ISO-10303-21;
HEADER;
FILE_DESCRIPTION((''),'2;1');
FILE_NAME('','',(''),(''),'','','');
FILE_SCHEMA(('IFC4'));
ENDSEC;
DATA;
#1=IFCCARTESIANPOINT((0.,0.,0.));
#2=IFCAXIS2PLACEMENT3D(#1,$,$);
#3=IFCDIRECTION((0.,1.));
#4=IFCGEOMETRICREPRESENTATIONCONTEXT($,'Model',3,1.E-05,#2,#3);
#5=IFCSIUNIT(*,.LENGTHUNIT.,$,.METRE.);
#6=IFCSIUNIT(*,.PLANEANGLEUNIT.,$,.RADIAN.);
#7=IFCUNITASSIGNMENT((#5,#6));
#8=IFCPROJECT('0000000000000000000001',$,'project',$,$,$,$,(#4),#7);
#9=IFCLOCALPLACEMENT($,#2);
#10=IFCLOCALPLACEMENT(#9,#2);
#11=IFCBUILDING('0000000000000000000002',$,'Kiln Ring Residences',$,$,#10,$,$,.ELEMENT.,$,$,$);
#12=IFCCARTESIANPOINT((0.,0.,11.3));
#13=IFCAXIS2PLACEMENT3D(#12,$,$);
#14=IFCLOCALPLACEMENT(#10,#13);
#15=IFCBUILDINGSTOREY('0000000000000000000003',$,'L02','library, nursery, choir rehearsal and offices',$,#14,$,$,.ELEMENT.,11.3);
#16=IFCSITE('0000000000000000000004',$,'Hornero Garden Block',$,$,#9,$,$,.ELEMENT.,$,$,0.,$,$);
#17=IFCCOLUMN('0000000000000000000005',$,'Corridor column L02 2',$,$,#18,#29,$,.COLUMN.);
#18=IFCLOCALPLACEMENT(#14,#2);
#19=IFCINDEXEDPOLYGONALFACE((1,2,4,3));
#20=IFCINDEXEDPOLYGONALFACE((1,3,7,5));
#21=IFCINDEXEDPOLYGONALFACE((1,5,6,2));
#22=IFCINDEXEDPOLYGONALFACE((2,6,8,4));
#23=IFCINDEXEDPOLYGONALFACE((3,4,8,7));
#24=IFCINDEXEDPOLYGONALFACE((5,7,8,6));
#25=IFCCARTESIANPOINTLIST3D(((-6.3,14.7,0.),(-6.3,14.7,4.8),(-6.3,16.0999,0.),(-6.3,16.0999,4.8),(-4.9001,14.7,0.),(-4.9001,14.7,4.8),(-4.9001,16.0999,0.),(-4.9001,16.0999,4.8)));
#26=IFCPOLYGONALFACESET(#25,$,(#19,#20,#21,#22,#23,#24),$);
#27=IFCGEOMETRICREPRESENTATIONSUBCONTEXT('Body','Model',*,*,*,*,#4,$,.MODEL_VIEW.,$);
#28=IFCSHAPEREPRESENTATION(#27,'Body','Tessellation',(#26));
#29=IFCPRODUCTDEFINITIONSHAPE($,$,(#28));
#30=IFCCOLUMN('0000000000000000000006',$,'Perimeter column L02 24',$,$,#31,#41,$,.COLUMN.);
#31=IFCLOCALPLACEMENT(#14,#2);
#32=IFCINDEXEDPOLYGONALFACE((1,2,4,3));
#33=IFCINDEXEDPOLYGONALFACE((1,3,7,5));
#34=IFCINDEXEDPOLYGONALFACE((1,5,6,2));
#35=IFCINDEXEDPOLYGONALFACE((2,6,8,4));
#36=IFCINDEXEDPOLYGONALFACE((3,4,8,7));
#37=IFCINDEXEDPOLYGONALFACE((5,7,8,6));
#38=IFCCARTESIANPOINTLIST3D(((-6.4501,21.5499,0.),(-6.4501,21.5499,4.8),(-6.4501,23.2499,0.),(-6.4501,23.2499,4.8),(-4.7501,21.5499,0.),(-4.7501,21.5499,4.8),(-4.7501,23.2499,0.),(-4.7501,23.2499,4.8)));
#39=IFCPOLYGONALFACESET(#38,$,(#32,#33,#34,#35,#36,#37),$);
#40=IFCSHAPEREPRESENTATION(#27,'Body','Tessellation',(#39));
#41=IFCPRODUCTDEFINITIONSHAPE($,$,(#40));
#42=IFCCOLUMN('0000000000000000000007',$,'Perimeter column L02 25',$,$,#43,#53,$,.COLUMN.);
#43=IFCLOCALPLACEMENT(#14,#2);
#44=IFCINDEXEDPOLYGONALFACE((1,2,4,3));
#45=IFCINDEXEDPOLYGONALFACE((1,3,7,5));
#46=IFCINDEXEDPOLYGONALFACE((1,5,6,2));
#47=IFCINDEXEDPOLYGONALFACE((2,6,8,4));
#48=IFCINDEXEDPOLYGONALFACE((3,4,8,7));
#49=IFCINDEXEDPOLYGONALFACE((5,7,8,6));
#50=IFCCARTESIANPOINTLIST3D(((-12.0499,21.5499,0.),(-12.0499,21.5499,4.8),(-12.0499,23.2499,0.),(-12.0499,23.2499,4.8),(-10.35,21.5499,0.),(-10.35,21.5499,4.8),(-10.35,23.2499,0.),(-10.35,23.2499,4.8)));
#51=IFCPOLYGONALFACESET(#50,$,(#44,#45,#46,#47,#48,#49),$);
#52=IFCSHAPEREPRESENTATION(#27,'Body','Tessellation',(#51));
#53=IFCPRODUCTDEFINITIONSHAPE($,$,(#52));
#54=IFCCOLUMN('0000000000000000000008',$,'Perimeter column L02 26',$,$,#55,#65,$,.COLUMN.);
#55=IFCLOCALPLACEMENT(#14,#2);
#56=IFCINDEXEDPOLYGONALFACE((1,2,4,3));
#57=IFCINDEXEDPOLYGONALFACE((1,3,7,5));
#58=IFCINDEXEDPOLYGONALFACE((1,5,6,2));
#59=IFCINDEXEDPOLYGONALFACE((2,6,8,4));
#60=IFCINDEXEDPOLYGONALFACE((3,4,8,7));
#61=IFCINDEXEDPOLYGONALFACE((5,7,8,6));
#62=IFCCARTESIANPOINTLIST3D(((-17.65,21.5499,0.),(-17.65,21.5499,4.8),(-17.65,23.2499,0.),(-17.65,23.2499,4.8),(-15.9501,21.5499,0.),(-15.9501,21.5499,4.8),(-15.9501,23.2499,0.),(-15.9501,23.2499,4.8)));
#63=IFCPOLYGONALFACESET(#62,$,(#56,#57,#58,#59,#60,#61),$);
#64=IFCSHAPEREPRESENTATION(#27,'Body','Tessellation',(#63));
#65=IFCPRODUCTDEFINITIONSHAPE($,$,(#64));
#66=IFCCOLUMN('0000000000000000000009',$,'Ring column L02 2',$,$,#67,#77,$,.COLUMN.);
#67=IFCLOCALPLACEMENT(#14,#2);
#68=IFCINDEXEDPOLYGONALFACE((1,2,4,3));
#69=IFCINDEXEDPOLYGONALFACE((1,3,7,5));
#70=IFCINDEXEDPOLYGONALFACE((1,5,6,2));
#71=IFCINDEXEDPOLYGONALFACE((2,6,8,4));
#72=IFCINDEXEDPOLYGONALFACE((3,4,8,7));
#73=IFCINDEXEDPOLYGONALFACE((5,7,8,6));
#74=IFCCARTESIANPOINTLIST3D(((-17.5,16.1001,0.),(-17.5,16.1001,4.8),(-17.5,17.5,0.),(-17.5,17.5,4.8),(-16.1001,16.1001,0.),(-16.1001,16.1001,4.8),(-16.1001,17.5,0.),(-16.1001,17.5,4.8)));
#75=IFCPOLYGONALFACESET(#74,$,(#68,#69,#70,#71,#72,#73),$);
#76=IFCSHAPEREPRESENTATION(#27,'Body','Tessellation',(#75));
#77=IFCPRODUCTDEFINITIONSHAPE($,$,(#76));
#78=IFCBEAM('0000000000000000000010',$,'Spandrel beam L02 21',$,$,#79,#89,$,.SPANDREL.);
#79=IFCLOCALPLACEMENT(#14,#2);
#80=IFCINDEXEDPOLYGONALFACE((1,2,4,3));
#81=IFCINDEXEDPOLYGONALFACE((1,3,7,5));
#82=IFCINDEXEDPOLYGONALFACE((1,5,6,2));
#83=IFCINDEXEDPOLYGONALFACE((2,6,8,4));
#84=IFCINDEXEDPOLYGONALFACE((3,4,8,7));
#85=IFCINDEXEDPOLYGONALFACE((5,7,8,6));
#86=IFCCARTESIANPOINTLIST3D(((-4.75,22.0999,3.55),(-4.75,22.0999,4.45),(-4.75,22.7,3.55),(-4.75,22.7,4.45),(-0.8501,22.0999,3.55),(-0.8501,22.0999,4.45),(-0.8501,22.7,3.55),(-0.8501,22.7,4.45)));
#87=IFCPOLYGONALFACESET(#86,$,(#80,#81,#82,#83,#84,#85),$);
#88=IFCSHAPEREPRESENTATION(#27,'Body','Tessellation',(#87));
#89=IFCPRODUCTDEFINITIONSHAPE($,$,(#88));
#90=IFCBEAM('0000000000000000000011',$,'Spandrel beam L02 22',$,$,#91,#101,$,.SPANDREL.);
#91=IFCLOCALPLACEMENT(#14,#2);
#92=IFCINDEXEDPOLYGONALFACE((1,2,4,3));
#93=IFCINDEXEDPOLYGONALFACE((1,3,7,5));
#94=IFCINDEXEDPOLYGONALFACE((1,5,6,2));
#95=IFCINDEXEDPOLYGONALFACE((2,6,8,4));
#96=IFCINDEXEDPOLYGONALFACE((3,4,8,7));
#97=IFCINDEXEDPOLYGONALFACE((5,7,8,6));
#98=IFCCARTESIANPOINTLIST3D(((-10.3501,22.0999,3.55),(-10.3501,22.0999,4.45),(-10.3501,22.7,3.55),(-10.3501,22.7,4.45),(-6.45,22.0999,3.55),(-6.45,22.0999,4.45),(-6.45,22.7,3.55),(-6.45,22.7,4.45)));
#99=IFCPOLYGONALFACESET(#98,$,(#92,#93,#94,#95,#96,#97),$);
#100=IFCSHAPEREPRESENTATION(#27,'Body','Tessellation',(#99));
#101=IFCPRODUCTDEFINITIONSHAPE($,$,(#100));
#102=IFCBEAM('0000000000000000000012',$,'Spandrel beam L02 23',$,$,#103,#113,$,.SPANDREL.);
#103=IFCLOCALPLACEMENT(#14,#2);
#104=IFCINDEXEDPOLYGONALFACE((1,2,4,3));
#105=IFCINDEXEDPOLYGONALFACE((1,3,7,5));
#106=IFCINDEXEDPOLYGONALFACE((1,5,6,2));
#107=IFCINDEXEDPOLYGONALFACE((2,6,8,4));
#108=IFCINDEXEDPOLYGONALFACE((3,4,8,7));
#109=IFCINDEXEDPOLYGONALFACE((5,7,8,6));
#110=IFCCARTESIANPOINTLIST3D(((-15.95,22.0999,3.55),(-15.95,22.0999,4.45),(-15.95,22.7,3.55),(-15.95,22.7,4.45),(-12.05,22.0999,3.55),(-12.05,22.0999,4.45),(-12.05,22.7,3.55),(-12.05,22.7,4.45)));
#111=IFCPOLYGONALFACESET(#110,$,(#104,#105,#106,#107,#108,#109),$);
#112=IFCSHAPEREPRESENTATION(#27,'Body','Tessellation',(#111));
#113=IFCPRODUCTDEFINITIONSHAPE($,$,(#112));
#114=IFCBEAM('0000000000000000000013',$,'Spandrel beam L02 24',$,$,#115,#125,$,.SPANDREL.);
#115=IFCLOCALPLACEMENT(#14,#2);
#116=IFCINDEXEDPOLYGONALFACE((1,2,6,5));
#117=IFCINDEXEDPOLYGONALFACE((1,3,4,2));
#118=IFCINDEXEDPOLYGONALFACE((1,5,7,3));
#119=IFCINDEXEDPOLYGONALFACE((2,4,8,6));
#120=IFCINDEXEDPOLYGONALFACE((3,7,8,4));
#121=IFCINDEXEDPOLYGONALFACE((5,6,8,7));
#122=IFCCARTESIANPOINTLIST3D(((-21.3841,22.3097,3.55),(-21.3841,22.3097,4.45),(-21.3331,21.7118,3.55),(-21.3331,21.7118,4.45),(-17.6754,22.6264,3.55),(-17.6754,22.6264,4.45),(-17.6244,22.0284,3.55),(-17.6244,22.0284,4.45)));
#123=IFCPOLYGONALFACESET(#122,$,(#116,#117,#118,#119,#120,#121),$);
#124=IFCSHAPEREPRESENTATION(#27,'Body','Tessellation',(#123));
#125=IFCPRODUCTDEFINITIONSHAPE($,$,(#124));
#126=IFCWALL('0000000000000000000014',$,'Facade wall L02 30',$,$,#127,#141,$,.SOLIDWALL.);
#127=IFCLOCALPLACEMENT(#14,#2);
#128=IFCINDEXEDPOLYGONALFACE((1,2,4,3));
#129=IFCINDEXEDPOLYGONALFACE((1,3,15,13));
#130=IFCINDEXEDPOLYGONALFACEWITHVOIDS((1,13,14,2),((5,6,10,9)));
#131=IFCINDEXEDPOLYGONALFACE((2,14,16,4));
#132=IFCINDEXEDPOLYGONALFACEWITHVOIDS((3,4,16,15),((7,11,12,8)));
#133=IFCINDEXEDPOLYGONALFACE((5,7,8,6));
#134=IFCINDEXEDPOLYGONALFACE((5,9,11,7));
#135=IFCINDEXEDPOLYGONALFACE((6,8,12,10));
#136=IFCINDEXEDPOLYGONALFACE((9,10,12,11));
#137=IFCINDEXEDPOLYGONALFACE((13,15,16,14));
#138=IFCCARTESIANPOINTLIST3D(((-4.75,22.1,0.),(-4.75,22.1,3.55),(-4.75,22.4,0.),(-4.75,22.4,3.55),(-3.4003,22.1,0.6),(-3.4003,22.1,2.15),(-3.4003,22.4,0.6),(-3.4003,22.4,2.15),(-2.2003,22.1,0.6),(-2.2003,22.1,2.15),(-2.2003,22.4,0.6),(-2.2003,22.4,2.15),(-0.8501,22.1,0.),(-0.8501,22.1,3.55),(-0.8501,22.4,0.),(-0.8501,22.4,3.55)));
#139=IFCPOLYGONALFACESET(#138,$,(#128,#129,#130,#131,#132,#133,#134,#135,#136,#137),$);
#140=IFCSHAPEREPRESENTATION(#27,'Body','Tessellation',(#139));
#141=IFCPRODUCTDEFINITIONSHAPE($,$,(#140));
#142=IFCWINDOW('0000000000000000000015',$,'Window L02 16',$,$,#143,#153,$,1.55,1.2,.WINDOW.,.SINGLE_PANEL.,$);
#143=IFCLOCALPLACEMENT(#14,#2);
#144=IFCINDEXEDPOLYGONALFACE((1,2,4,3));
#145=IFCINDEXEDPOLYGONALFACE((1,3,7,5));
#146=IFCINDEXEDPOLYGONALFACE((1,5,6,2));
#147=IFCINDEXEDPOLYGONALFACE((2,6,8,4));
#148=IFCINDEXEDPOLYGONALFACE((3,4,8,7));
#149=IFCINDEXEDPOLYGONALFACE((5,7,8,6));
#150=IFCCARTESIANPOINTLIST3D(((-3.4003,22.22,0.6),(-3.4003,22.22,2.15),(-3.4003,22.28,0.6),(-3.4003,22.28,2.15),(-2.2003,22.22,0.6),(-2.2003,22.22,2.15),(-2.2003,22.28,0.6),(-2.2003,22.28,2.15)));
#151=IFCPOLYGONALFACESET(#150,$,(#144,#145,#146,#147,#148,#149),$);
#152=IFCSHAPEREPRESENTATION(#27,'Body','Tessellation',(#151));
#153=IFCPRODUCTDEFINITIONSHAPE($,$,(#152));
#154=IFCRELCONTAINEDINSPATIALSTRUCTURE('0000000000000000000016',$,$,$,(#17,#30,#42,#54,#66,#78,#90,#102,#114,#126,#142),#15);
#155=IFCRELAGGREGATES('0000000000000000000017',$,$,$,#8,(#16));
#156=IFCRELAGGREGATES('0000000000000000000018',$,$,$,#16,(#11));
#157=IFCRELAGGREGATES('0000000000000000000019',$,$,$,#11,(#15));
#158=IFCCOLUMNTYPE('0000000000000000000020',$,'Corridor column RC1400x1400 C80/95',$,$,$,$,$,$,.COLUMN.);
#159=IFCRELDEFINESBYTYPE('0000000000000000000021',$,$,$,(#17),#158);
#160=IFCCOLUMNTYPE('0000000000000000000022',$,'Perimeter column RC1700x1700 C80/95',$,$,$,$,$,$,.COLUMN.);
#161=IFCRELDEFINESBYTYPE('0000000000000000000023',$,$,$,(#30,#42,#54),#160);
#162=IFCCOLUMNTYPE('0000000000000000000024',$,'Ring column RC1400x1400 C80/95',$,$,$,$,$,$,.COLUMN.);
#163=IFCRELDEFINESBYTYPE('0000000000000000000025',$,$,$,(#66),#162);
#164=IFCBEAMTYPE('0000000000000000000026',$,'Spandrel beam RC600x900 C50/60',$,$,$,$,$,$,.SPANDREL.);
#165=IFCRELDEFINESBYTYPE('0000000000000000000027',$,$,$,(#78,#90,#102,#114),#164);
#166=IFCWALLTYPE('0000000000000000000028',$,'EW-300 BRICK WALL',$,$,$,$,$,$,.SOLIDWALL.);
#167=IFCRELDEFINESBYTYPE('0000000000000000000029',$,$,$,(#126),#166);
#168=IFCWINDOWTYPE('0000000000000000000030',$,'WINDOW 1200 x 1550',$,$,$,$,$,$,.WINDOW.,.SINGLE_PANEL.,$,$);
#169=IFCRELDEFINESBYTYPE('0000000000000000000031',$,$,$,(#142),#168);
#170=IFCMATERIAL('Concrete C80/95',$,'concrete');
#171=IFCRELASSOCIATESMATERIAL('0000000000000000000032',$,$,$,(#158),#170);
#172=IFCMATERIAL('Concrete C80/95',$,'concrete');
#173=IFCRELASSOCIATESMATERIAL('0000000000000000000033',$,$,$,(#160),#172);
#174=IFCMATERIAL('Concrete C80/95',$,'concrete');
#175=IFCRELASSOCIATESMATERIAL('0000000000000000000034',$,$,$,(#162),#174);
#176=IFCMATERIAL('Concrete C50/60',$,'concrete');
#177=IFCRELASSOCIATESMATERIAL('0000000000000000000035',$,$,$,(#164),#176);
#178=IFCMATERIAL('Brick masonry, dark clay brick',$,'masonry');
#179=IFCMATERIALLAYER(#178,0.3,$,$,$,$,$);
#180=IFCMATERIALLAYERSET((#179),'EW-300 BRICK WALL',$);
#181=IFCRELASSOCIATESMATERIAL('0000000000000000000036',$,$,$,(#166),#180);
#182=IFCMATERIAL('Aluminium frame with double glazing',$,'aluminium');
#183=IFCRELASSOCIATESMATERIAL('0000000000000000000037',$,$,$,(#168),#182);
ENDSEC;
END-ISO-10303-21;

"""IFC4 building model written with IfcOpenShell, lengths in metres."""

from ifc_helpers import new_model, si_unit, direction, frame, frame_2d, origin, origin_2d, place, context, subcontext, project, spatial, rectangle, extrude, material, layer, layer_set, material_profile, profile_set, type_object, element, fill, save


model = new_model("IFC4")

# Units and contexts
model_context = context("Model", 3, precision=1e-05, world=origin(), true_north=direction((0.0, 1.0)))
body_context = subcontext(model_context, "Body", "Model", "MODEL_VIEW")
ifc_project = project(units=[si_unit("LENGTHUNIT", "METRE"), si_unit("PLANEANGLEUNIT", "RADIAN")], contexts=[model_context])

# Site, building, storey
site_placement = place(None, origin())
site = spatial("IfcSite", under=ifc_project, at=site_placement, Name="Hornero Garden Block", CompositionType="ELEMENT", RefElevation=0.0)
building_placement = place(site_placement, origin())
building = spatial("IfcBuilding", under=site, at=building_placement, Name="Kiln Ring Residences", CompositionType="ELEMENT")
storey_placement = place(building_placement, frame((0.0, 0.0, 11.3)))
storey = spatial("IfcBuildingStorey", under=building, at=storey_placement, Name="L02", Description="library, nursery, choir rehearsal and offices", CompositionType="ELEMENT", Elevation=11.3)

# Columns
ifc_material_1 = material(Name="Concrete C80/95", Category="concrete")
ifc_material_profile_1 = material_profile(ifc_material_1, rectangle(XDim=1.3999, YDim=1.3999, at=origin_2d()), Name="RC1400x1400")
ifc_profile_set_1 = profile_set([ifc_material_profile_1], Name="Concrete C80/95")
column_type_1 = type_object("IfcColumnType", Name="Corridor column RC1400x1400 C80/95", PredefinedType="COLUMN", material=ifc_profile_set_1)
column_1_placement = place(storey_placement, frame((-5.6001, 15.3999, 0.0), z_axis=(0.0, 0.0, 1.0), x_axis=(1.0, 0.0, 0.0)))
element("IfcColumn", 1, at=column_1_placement, inside=storey, type_object=column_type_1, Name="Corridor column L02 2", PredefinedType="COLUMN", context=body_context, shape_type="SweptSolid", body=[
    extrude(rectangle(XDim=1.3999, YDim=1.3999, at=origin_2d()), origin(), (0.0, 0.0, 1.0), 4.8),
])
ifc_material_2 = material(Name="Concrete C80/95", Category="concrete")
ifc_material_profile_2 = material_profile(ifc_material_2, rectangle(XDim=1.7, YDim=1.7, at=origin_2d()), Name="RC1700x1700")
ifc_profile_set_2 = profile_set([ifc_material_profile_2], Name="Concrete C80/95")
column_type_2 = type_object("IfcColumnType", Name="Perimeter column RC1700x1700 C80/95", PredefinedType="COLUMN", material=ifc_profile_set_2)
for number, where, z_axis, x_axis, name in (
    (2, (-5.6001, 22.3999, 0.0), (0.0, 0.0, 1.0), (1.0, 0.0, 0.0), "Perimeter column L02 24"),
    (3, (-11.2, 22.3999, 0.0), (0.0, 0.0, 1.0), (1.0, 0.0, 0.0), "Perimeter column L02 25"),
    (4, (-16.8, 22.3999, 0.0), (0.0, 0.0, 1.0), (1.0, 0.0, 0.0), "Perimeter column L02 26"),
):
    element("IfcColumn", number, at=place(storey_placement, frame(where, z_axis=z_axis, x_axis=x_axis)), inside=storey, type_object=column_type_2, Name=name, PredefinedType="COLUMN", context=body_context, shape_type="SweptSolid", body=[
        extrude(rectangle(XDim=1.7, YDim=1.7, at=origin_2d()), origin(), (0.0, 0.0, 1.0), 4.8),
    ])
ifc_material_3 = material(Name="Concrete C80/95", Category="concrete")
ifc_material_profile_3 = material_profile(ifc_material_3, rectangle(XDim=1.3999, YDim=1.3999, at=origin_2d()), Name="RC1400x1400")
ifc_profile_set_3 = profile_set([ifc_material_profile_3], Name="Concrete C80/95")
column_type_3 = type_object("IfcColumnType", Name="Ring column RC1400x1400 C80/95", PredefinedType="COLUMN", material=ifc_profile_set_3)
column_2_placement = place(storey_placement, frame((-16.8, 16.8, 0.0), z_axis=(0.0, 0.0, 1.0), x_axis=(1.0, 0.0, 0.0)))
element("IfcColumn", 5, at=column_2_placement, inside=storey, type_object=column_type_3, Name="Ring column L02 2", PredefinedType="COLUMN", context=body_context, shape_type="SweptSolid", body=[
    extrude(rectangle(XDim=1.3999, YDim=1.3999, at=origin_2d()), origin(), (0.0, 0.0, 1.0), 4.8),
])

# Beams
ifc_material_4 = material(Name="Concrete C50/60", Category="concrete")
ifc_material_profile_4 = material_profile(ifc_material_4, rectangle(XDim=0.6001, YDim=0.8999, at=origin_2d()), Name="RC600x900")
ifc_profile_set_4 = profile_set([ifc_material_profile_4], Name="Concrete C50/60")
beam_type = type_object("IfcBeamType", Name="Spandrel beam RC600x900 C50/60", PredefinedType="SPANDREL", material=ifc_profile_set_4)
beam_1_placement = place(storey_placement, frame((-0.8501, 22.3999, 4.0), z_axis=(-1.0, 0.0, 0.0), x_axis=(0.0, -1.0, 0.0)))
element("IfcBeam", 6, at=beam_1_placement, inside=storey, type_object=beam_type, Name="Spandrel beam L02 21", PredefinedType="SPANDREL", context=body_context, shape_type="SweptSolid", body=[
    extrude(rectangle(XDim=0.6001, YDim=0.8999, at=origin_2d()), origin(), (0.0, 0.0, 1.0), 3.8999),
])
beam_2_placement = place(storey_placement, frame((-6.45, 22.3999, 4.0), z_axis=(-1.0, 0.0, 0.0), x_axis=(0.0, -1.0, 0.0)))
element("IfcBeam", 7, at=beam_2_placement, inside=storey, type_object=beam_type, Name="Spandrel beam L02 22", PredefinedType="SPANDREL", context=body_context, shape_type="SweptSolid", body=[
    extrude(rectangle(XDim=0.6001, YDim=0.8999, at=origin_2d()), origin(), (0.0, 0.0, 1.0), 3.9001),
])
beam_3_placement = place(storey_placement, frame((-12.05, 22.3999, 4.0), z_axis=(-1.0, 0.0, 0.0), x_axis=(0.0, -1.0, 0.0)))
element("IfcBeam", 8, at=beam_3_placement, inside=storey, type_object=beam_type, Name="Spandrel beam L02 23", PredefinedType="SPANDREL", context=body_context, shape_type="SweptSolid", body=[
    extrude(rectangle(XDim=0.6001, YDim=0.8999, at=origin_2d()), origin(), (0.0, 0.0, 1.0), 3.8999),
])
beam_4_placement = place(storey_placement, frame((-17.6499, 22.3274, 4.0), z_axis=(-0.996375, -0.08507, 0.0), x_axis=(0.08507, -0.996375, 0.0)))
element("IfcBeam", 9, at=beam_4_placement, inside=storey, type_object=beam_type, Name="Spandrel beam L02 24", PredefinedType="SPANDREL", context=body_context, shape_type="SweptSolid", body=[
    extrude(rectangle(XDim=0.6001, YDim=0.8999, at=origin_2d()), origin(), (0.0, 0.0, 1.0), 3.7222),
])

# Wall, opening, window
ifc_material_5 = material(Name="Brick masonry, dark clay brick", Category="masonry")
ifc_layer_1 = layer(ifc_material_5, 0.3)
ifc_layer_set_1 = layer_set([ifc_layer_1], Name="EW-300 BRICK WALL")
wall_type_1 = type_object("IfcWallType", Name="EW-300 BRICK WALL", PredefinedType="SOLIDWALL", material=ifc_layer_set_1)
wall_1_placement = place(storey_placement, frame((-0.8501, 22.25, 0.0), z_axis=(0.0, 0.0, 1.0), x_axis=(-1.0, 0.0, 0.0)))
wall_1 = element("IfcWall", 10, at=wall_1_placement, inside=storey, type_object=wall_type_1, Name="Facade wall L02 30", PredefinedType="SOLIDWALL", context=body_context, shape_type="SweptSolid", body=[
    extrude(rectangle(XDim=3.8999, YDim=0.3, at=frame_2d((1.95, 0.0))), origin(), (0.0, 0.0, 1.0), 3.55),
])
opening_1_placement = place(wall_1_placement, frame((1.3501, 0.0, 0.6001)))
opening_1 = element("IfcOpeningElement", 11, at=opening_1_placement, cuts=wall_1, PredefinedType="OPENING", context=body_context, shape_type="SweptSolid", body=[
    extrude(rectangle(XDim=1.2, YDim=1.55, at=frame_2d((0.6001, 0.7749))), frame((0.0, 0.1599, 0.0), z_axis=(0.0, -1.0, 0.0), x_axis=(1.0, 0.0, 0.0)), (0.0, 0.0, 1.0), 0.3201),
])
ifc_material_6 = material(Name="Aluminium frame with double glazing", Category="aluminium")
window_type_1 = type_object("IfcWindowType", Name="WINDOW 1200 x 1550", PartitioningType="SINGLE_PANEL", PredefinedType="WINDOW", material=ifc_material_6)
window_1_placement = place(opening_1_placement, origin())
window_1 = element("IfcWindow", 12, at=window_1_placement, inside=storey, type_object=window_type_1, Name="Window L02 16", OverallHeight=1.55, OverallWidth=1.2, PartitioningType="SINGLE_PANEL", PredefinedType="WINDOW", context=body_context, shape_type="SweptSolid", body=[
    extrude(rectangle(XDim=1.2, YDim=1.55, at=frame_2d((0.6001, 0.7749))), frame((0.0, 0.03, 0.0), z_axis=(0.0, -1.0, 0.0), x_axis=(1.0, 0.0, 0.0)), (0.0, 0.0, 1.0), 0.0601),
])
fill(opening_1, window_1)

save(model, "model.ifc")
